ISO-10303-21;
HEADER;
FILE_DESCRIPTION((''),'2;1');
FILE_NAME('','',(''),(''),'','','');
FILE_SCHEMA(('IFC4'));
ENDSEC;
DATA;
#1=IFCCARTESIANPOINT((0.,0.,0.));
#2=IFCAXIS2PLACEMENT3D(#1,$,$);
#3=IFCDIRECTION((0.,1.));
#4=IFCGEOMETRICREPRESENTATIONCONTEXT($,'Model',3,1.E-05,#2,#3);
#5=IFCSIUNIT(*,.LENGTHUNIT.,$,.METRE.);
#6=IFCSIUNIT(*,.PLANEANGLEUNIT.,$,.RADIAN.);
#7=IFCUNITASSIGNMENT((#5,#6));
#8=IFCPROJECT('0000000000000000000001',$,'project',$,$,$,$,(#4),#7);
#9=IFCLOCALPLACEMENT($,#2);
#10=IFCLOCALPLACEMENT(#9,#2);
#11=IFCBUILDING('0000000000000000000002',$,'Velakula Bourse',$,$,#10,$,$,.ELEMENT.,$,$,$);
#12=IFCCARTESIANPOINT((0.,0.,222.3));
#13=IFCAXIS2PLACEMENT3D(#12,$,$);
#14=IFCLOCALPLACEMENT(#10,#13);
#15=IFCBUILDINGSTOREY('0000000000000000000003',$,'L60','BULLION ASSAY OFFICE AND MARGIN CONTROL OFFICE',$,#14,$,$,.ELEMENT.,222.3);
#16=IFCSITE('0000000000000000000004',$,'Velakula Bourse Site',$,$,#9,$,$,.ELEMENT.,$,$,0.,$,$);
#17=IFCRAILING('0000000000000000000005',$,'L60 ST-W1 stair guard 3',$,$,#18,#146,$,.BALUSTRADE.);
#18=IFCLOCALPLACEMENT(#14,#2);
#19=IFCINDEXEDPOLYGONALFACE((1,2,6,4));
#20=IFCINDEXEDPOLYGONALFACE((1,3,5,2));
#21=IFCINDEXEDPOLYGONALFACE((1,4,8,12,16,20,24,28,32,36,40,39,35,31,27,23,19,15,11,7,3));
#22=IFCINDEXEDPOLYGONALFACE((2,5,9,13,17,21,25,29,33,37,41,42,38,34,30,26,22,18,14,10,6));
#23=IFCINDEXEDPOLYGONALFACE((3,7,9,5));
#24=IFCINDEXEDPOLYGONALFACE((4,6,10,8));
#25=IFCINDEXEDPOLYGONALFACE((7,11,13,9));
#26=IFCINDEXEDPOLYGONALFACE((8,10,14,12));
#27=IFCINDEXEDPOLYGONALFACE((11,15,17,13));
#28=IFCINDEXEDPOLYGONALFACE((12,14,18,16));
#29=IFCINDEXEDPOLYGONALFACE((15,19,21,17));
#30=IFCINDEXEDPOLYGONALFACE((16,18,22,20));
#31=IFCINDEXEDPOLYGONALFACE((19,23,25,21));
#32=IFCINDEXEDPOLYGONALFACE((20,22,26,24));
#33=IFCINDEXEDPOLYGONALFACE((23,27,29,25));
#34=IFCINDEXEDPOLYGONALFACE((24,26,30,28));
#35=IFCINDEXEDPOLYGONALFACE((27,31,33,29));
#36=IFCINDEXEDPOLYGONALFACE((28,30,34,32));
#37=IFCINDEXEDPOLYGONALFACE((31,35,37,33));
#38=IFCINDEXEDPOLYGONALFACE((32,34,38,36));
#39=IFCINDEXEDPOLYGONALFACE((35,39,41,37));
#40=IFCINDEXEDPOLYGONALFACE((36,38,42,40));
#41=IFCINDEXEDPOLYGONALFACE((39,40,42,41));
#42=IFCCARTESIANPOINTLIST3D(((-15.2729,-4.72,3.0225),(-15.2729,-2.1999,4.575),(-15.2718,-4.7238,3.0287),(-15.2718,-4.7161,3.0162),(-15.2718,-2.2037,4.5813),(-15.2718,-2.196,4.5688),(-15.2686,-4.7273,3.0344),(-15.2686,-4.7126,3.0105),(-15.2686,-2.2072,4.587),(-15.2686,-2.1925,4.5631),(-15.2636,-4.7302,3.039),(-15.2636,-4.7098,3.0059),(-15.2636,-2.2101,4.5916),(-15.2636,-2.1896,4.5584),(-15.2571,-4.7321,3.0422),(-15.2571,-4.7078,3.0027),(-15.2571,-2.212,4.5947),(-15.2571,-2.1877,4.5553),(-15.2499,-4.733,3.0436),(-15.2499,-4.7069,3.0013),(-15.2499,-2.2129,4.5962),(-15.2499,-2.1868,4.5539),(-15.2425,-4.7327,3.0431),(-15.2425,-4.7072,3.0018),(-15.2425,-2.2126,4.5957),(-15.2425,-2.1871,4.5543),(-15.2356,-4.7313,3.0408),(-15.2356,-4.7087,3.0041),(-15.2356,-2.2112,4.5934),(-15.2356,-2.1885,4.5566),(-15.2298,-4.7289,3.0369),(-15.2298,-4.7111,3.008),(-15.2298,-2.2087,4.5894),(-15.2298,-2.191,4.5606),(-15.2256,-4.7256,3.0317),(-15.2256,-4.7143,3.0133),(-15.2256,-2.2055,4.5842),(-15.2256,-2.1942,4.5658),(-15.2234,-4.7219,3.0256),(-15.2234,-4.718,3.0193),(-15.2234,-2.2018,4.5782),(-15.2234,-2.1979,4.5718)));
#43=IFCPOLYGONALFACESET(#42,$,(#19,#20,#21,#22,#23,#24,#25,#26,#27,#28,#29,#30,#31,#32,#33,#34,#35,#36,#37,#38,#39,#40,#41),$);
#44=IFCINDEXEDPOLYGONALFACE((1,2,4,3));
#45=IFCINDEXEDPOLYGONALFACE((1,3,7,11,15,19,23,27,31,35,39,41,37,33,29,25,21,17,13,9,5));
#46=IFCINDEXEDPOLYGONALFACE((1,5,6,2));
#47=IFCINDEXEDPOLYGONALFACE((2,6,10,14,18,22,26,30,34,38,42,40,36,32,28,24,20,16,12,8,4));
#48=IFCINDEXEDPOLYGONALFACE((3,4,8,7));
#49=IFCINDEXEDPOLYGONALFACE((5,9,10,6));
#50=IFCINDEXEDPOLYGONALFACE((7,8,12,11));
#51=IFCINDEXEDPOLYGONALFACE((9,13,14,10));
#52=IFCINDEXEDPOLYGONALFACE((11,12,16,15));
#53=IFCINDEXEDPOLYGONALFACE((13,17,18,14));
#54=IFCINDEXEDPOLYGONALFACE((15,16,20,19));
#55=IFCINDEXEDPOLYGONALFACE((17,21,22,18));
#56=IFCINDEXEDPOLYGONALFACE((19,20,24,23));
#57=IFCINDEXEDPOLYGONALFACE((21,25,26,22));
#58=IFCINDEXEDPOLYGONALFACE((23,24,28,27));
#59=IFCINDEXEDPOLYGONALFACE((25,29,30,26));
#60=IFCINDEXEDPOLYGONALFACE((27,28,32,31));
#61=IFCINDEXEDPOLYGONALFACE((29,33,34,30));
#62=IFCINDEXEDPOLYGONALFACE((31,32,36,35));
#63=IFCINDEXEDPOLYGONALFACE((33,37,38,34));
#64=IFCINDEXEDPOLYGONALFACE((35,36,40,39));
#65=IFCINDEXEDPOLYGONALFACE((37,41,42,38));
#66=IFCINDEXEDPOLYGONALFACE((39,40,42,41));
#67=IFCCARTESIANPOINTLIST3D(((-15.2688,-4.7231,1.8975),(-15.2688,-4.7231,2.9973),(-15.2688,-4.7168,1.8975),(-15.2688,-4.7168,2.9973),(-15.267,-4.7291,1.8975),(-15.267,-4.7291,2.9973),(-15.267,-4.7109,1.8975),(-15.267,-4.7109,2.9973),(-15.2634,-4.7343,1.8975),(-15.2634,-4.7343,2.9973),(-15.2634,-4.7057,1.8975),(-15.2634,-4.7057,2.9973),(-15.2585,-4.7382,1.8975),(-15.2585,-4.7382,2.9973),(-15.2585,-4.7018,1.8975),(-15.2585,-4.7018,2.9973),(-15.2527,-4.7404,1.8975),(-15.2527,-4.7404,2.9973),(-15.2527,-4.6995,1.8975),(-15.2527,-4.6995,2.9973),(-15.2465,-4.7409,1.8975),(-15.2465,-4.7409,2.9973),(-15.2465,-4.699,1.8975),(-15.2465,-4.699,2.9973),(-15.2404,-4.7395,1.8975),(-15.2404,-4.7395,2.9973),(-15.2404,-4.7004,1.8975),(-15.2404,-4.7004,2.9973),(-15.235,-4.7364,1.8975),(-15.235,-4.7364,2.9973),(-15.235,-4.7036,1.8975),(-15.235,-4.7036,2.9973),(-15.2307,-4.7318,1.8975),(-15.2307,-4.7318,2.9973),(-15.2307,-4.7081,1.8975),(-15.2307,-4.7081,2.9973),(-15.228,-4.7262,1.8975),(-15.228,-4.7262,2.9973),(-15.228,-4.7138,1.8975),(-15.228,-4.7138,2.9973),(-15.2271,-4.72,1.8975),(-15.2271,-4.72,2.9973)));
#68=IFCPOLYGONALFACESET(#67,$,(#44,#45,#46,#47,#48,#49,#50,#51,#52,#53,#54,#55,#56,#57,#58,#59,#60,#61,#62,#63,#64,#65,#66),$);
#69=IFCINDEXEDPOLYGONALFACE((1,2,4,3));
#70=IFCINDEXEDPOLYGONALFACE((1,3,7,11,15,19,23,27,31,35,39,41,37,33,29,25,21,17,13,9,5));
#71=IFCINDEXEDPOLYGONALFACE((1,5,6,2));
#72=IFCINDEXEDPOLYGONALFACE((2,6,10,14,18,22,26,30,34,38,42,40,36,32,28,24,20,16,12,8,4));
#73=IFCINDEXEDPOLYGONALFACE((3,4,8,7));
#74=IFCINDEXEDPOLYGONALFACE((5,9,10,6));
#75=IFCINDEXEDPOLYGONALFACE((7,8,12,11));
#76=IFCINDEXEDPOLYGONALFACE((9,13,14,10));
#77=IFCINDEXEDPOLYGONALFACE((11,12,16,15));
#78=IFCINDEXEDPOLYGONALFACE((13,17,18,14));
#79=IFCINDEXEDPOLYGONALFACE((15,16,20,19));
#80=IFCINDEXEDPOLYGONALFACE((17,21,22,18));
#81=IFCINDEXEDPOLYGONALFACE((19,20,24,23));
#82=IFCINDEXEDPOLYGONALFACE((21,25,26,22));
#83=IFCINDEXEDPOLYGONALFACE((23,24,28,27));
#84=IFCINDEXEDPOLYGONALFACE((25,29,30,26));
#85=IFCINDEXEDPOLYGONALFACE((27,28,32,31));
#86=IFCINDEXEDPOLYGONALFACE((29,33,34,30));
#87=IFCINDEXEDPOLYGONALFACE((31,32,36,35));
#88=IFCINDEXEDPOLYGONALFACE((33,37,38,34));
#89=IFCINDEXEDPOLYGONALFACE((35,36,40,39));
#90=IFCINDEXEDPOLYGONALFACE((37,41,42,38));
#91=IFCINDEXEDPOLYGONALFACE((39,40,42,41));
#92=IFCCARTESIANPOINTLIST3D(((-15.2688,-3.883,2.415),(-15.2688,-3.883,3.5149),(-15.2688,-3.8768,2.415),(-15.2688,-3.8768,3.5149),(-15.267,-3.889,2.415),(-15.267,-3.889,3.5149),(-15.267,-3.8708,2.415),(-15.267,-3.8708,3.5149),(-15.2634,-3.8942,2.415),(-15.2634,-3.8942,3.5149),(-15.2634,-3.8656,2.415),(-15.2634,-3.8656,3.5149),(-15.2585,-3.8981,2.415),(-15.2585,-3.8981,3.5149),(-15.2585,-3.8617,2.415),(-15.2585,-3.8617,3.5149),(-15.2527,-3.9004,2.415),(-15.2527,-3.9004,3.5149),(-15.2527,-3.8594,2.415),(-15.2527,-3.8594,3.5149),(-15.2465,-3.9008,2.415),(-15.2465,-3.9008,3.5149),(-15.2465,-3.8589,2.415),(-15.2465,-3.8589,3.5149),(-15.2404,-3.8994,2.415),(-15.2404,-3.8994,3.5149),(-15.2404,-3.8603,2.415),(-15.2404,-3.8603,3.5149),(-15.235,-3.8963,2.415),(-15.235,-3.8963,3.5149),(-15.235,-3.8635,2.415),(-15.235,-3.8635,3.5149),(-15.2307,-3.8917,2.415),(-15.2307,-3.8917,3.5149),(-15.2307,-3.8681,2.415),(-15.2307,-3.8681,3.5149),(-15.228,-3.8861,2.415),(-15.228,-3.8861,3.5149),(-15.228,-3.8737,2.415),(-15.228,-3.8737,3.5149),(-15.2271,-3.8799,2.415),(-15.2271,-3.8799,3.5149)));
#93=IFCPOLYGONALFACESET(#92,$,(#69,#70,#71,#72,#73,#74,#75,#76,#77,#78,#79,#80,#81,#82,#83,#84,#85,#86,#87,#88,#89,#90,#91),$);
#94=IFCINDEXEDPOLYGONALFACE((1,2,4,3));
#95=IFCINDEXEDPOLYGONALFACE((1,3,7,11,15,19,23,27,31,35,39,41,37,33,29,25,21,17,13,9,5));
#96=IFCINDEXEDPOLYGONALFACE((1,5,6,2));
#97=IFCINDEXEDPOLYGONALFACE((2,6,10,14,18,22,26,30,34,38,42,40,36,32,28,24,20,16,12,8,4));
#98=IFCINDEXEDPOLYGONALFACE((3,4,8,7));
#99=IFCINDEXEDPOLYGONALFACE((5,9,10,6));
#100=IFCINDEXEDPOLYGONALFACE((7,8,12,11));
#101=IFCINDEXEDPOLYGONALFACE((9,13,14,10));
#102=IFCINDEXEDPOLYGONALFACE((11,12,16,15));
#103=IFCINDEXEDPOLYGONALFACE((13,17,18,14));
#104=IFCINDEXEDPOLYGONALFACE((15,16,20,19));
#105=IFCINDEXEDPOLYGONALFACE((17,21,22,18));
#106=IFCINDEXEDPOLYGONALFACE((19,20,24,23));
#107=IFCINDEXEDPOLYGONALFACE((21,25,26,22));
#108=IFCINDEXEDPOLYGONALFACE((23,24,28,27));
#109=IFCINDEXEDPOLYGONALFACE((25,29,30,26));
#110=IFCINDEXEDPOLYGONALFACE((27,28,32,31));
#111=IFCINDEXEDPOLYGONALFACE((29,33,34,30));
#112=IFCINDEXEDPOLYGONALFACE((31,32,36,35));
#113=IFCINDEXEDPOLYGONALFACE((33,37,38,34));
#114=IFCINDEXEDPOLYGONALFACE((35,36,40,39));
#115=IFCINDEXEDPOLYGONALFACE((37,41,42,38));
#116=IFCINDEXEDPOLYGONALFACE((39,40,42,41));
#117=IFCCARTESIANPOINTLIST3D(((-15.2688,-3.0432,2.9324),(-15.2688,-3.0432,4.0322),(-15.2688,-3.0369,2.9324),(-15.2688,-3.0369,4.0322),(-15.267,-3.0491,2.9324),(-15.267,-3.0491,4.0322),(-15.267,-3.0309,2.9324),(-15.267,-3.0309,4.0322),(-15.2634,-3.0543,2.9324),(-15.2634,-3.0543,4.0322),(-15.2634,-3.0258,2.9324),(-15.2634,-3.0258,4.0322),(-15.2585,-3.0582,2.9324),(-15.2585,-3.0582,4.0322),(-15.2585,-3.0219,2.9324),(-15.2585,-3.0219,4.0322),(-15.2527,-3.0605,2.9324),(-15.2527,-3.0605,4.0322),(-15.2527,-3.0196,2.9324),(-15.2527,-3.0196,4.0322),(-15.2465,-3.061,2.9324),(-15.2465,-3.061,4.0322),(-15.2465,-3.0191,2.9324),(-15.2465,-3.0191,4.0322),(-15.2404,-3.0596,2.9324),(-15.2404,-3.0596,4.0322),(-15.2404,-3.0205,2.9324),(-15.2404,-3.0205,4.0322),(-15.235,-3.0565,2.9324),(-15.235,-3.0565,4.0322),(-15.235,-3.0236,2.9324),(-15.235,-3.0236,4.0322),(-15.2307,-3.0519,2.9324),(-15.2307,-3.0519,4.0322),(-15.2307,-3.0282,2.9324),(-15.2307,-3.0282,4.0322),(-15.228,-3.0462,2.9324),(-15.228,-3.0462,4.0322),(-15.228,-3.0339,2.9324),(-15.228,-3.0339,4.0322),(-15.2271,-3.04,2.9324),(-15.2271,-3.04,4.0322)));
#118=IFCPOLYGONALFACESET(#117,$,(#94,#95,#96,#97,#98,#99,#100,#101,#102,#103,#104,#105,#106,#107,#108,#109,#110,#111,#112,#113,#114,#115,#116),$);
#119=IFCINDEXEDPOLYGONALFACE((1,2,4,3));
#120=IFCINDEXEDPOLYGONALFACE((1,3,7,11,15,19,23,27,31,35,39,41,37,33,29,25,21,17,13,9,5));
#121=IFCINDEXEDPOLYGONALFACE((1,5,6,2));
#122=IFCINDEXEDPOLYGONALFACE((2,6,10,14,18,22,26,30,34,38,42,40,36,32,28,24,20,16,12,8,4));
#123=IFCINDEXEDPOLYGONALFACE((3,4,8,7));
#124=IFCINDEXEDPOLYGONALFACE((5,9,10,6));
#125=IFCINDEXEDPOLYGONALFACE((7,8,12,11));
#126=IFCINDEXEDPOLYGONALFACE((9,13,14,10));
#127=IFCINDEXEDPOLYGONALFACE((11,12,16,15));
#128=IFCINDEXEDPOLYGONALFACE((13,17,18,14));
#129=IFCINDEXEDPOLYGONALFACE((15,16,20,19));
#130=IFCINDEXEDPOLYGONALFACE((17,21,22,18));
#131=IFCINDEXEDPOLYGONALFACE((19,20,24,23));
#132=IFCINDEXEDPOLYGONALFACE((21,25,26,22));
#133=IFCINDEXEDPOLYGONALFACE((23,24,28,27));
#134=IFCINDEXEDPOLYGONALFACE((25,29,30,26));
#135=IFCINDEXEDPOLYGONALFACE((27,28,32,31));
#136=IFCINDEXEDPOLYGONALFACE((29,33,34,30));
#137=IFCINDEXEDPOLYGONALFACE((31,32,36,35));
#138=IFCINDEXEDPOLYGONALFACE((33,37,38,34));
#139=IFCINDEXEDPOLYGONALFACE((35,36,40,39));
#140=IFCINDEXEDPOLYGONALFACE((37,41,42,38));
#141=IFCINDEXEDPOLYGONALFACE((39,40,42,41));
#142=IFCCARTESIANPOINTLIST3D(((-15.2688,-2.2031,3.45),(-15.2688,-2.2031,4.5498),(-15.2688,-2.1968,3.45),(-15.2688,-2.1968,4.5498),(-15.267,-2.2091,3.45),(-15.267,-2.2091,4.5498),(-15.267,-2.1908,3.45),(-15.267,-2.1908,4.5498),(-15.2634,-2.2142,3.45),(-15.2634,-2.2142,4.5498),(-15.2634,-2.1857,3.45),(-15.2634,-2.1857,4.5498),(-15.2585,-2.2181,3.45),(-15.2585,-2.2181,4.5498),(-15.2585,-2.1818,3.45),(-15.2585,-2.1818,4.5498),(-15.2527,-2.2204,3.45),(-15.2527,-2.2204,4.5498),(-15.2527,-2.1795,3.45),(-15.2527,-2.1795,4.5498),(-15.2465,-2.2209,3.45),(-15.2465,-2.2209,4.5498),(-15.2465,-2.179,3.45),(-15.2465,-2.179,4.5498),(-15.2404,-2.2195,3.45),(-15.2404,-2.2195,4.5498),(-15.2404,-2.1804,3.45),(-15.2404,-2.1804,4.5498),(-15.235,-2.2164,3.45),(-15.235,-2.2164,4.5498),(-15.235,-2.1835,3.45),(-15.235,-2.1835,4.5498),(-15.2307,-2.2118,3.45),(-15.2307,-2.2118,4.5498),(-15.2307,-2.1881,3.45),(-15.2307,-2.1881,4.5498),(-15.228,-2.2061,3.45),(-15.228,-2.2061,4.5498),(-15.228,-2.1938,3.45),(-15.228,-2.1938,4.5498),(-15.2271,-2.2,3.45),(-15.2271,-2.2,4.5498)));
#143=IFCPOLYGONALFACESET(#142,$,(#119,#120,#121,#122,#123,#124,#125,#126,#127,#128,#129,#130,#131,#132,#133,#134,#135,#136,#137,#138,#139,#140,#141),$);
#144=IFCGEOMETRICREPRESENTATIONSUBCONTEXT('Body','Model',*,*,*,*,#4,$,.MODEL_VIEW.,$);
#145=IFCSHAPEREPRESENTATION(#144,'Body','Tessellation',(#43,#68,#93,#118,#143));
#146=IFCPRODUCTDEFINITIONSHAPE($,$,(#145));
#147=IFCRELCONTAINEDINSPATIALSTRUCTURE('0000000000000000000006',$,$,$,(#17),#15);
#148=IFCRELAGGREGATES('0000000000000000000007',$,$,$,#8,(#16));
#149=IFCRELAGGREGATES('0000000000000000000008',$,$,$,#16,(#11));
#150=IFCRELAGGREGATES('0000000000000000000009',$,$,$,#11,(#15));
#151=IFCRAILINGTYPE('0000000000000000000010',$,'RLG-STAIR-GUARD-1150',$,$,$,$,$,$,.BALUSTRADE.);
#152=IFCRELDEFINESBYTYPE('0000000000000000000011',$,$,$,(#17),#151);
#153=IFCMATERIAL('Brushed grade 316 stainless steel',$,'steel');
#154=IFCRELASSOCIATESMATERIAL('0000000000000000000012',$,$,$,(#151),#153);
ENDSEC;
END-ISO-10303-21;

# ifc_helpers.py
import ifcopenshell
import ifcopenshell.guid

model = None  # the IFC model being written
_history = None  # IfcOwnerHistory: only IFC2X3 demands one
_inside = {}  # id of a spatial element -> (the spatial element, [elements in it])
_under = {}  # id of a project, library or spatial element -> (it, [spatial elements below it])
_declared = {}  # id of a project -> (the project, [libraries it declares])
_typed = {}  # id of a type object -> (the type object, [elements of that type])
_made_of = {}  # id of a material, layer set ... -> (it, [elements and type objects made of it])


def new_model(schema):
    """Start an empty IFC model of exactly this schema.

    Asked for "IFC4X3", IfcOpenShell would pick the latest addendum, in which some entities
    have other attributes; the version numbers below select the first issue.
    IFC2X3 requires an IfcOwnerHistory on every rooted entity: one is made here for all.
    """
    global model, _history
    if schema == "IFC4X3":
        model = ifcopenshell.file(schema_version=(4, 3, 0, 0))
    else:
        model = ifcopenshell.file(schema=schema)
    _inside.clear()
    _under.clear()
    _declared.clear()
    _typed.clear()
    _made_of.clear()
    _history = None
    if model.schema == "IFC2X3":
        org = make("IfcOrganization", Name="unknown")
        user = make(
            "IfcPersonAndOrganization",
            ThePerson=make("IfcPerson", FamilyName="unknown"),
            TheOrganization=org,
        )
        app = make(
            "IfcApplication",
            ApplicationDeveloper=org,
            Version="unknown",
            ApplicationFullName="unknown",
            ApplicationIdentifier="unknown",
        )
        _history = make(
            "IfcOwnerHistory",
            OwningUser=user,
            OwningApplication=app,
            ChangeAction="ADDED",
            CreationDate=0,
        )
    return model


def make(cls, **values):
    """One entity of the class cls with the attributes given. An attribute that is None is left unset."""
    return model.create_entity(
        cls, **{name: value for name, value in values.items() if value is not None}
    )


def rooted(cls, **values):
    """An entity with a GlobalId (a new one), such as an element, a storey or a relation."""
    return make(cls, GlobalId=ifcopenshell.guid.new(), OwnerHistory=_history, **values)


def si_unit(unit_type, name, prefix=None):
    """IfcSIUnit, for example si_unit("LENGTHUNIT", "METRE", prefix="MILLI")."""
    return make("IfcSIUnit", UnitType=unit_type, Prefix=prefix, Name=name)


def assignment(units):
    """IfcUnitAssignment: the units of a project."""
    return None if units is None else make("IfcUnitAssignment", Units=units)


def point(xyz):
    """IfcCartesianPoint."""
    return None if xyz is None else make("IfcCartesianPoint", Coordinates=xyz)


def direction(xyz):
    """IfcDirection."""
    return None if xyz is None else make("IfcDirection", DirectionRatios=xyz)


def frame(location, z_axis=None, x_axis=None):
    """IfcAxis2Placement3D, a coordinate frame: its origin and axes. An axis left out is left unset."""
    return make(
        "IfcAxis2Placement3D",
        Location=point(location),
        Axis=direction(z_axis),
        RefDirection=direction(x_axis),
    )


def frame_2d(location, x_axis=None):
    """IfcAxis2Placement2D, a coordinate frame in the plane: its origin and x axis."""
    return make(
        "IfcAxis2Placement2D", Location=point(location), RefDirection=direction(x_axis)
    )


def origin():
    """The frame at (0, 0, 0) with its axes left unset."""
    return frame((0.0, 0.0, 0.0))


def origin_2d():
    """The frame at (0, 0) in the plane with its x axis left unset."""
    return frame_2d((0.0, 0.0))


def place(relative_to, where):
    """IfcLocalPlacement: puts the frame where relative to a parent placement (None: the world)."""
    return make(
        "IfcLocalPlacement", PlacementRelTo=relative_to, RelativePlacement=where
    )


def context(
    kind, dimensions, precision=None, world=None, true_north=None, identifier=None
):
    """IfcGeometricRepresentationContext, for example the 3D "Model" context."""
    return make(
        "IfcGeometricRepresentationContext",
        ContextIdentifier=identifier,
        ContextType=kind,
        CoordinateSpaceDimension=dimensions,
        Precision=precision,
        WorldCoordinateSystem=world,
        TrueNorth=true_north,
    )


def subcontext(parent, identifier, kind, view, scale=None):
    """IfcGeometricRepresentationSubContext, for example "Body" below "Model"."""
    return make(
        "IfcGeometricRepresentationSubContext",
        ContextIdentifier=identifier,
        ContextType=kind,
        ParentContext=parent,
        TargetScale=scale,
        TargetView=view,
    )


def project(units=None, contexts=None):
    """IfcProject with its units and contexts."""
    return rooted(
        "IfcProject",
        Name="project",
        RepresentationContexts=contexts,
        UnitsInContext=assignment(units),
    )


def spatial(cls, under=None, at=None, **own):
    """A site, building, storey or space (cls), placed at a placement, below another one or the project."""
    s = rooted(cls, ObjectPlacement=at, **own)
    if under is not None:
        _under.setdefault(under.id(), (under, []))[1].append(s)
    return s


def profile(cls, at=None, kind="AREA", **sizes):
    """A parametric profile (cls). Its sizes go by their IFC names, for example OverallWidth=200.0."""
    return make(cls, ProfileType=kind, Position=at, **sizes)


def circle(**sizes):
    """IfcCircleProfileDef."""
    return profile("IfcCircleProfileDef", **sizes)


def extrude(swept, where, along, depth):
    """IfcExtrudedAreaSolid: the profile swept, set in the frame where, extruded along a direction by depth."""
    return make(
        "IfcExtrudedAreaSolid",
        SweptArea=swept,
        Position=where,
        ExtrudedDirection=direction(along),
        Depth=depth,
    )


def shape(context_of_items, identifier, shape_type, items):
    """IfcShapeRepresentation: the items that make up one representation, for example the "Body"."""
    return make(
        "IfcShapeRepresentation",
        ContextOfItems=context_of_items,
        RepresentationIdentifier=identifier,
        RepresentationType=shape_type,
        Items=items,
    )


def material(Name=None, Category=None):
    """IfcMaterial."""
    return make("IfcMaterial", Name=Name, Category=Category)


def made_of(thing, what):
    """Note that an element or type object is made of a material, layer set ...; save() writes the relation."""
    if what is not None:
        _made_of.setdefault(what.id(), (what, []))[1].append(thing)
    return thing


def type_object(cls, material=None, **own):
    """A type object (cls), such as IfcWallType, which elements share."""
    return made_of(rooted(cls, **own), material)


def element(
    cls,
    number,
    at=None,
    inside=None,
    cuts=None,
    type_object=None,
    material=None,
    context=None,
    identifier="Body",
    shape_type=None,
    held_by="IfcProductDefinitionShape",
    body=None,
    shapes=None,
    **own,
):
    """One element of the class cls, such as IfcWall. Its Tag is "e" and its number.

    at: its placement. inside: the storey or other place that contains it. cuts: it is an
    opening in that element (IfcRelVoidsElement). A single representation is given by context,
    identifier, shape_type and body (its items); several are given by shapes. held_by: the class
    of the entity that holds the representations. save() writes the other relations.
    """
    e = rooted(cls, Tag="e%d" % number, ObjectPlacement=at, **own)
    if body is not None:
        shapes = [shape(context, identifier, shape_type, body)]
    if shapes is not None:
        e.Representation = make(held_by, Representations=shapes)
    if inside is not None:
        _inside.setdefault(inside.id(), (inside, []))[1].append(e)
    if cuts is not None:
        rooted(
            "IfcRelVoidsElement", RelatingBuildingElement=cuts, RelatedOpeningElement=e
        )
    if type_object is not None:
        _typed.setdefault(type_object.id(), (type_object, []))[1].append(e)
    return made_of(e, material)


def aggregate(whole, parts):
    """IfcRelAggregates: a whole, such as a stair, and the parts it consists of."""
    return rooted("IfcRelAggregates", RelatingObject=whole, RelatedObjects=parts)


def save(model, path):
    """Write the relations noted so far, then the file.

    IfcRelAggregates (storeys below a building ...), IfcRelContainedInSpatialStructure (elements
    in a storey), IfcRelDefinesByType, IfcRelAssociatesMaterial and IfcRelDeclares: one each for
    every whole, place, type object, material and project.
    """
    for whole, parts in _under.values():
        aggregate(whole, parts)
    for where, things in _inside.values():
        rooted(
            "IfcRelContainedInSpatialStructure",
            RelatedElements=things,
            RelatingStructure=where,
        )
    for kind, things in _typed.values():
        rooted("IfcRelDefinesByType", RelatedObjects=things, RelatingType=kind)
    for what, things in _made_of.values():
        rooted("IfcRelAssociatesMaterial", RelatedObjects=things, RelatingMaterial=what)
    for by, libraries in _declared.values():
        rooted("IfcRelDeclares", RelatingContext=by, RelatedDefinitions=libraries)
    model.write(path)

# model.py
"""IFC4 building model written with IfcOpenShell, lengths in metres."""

from ifc_helpers import new_model, si_unit, direction, frame, origin, origin_2d, place, context, subcontext, project, spatial, circle, extrude, material, type_object, element, save


model = new_model("IFC4")

# Units and contexts
model_context = context("Model", 3, precision=1e-05, world=origin(), true_north=direction((0.0, 1.0)))
body_context = subcontext(model_context, "Body", "Model", "MODEL_VIEW")
ifc_project = project(units=[si_unit("LENGTHUNIT", "METRE"), si_unit("PLANEANGLEUNIT", "RADIAN")], contexts=[model_context])

# Site, building, storey
site_placement = place(None, origin())
site = spatial("IfcSite", under=ifc_project, at=site_placement, Name="Velakula Bourse Site", CompositionType="ELEMENT", RefElevation=0.0)
building_placement = place(site_placement, origin())
building = spatial("IfcBuilding", under=site, at=building_placement, Name="Velakula Bourse", CompositionType="ELEMENT")
storey_placement = place(building_placement, frame((0.0, 0.0, 222.3)))
storey = spatial("IfcBuildingStorey", under=building, at=storey_placement, Name="L60", Description="BULLION ASSAY OFFICE AND MARGIN CONTROL OFFICE", CompositionType="ELEMENT", Elevation=222.3)

# Shared definitions
ifc_material_1 = material(Name="Brushed grade 316 stainless steel", Category="steel")

# Railing
railing_type_1 = type_object("IfcRailingType", Name="RLG-STAIR-GUARD-1150", PredefinedType="BALUSTRADE", material=ifc_material_1)
railing_1_placement = place(storey_placement, frame((-15.248, -4.72, 1.8975)))
element("IfcRailing", 1, at=railing_1_placement, inside=storey, type_object=railing_type_1, Name="L60 ST-W1 stair guard 3", PredefinedType="BALUSTRADE", context=body_context, shape_type="SweptSolid", body=[
    extrude(circle(Radius=0.0249, at=origin_2d()), frame((0.0, 0.0, 1.125), z_axis=(0.0, 0.8514, 0.524516), x_axis=(-1.0, 0.0, 0.0)), (0.0, 0.0, 1.0), 2.96),
    extrude(circle(Radius=0.021, at=origin_2d()), origin(), (0.0, 0.0, 1.0), 1.0999),
    extrude(circle(Radius=0.021, at=origin_2d()), frame((0.0, 0.8401, 0.5176)), (0.0, 0.0, 1.0), 1.0999),
    extrude(circle(Radius=0.021, at=origin_2d()), frame((0.0, 1.6799, 1.0349)), (0.0, 0.0, 1.0), 1.0999),
    extrude(circle(Radius=0.021, at=origin_2d()), frame((0.0, 2.52, 1.5525)), (0.0, 0.0, 1.0), 1.0999),
])

save(model, "model.ifc")
